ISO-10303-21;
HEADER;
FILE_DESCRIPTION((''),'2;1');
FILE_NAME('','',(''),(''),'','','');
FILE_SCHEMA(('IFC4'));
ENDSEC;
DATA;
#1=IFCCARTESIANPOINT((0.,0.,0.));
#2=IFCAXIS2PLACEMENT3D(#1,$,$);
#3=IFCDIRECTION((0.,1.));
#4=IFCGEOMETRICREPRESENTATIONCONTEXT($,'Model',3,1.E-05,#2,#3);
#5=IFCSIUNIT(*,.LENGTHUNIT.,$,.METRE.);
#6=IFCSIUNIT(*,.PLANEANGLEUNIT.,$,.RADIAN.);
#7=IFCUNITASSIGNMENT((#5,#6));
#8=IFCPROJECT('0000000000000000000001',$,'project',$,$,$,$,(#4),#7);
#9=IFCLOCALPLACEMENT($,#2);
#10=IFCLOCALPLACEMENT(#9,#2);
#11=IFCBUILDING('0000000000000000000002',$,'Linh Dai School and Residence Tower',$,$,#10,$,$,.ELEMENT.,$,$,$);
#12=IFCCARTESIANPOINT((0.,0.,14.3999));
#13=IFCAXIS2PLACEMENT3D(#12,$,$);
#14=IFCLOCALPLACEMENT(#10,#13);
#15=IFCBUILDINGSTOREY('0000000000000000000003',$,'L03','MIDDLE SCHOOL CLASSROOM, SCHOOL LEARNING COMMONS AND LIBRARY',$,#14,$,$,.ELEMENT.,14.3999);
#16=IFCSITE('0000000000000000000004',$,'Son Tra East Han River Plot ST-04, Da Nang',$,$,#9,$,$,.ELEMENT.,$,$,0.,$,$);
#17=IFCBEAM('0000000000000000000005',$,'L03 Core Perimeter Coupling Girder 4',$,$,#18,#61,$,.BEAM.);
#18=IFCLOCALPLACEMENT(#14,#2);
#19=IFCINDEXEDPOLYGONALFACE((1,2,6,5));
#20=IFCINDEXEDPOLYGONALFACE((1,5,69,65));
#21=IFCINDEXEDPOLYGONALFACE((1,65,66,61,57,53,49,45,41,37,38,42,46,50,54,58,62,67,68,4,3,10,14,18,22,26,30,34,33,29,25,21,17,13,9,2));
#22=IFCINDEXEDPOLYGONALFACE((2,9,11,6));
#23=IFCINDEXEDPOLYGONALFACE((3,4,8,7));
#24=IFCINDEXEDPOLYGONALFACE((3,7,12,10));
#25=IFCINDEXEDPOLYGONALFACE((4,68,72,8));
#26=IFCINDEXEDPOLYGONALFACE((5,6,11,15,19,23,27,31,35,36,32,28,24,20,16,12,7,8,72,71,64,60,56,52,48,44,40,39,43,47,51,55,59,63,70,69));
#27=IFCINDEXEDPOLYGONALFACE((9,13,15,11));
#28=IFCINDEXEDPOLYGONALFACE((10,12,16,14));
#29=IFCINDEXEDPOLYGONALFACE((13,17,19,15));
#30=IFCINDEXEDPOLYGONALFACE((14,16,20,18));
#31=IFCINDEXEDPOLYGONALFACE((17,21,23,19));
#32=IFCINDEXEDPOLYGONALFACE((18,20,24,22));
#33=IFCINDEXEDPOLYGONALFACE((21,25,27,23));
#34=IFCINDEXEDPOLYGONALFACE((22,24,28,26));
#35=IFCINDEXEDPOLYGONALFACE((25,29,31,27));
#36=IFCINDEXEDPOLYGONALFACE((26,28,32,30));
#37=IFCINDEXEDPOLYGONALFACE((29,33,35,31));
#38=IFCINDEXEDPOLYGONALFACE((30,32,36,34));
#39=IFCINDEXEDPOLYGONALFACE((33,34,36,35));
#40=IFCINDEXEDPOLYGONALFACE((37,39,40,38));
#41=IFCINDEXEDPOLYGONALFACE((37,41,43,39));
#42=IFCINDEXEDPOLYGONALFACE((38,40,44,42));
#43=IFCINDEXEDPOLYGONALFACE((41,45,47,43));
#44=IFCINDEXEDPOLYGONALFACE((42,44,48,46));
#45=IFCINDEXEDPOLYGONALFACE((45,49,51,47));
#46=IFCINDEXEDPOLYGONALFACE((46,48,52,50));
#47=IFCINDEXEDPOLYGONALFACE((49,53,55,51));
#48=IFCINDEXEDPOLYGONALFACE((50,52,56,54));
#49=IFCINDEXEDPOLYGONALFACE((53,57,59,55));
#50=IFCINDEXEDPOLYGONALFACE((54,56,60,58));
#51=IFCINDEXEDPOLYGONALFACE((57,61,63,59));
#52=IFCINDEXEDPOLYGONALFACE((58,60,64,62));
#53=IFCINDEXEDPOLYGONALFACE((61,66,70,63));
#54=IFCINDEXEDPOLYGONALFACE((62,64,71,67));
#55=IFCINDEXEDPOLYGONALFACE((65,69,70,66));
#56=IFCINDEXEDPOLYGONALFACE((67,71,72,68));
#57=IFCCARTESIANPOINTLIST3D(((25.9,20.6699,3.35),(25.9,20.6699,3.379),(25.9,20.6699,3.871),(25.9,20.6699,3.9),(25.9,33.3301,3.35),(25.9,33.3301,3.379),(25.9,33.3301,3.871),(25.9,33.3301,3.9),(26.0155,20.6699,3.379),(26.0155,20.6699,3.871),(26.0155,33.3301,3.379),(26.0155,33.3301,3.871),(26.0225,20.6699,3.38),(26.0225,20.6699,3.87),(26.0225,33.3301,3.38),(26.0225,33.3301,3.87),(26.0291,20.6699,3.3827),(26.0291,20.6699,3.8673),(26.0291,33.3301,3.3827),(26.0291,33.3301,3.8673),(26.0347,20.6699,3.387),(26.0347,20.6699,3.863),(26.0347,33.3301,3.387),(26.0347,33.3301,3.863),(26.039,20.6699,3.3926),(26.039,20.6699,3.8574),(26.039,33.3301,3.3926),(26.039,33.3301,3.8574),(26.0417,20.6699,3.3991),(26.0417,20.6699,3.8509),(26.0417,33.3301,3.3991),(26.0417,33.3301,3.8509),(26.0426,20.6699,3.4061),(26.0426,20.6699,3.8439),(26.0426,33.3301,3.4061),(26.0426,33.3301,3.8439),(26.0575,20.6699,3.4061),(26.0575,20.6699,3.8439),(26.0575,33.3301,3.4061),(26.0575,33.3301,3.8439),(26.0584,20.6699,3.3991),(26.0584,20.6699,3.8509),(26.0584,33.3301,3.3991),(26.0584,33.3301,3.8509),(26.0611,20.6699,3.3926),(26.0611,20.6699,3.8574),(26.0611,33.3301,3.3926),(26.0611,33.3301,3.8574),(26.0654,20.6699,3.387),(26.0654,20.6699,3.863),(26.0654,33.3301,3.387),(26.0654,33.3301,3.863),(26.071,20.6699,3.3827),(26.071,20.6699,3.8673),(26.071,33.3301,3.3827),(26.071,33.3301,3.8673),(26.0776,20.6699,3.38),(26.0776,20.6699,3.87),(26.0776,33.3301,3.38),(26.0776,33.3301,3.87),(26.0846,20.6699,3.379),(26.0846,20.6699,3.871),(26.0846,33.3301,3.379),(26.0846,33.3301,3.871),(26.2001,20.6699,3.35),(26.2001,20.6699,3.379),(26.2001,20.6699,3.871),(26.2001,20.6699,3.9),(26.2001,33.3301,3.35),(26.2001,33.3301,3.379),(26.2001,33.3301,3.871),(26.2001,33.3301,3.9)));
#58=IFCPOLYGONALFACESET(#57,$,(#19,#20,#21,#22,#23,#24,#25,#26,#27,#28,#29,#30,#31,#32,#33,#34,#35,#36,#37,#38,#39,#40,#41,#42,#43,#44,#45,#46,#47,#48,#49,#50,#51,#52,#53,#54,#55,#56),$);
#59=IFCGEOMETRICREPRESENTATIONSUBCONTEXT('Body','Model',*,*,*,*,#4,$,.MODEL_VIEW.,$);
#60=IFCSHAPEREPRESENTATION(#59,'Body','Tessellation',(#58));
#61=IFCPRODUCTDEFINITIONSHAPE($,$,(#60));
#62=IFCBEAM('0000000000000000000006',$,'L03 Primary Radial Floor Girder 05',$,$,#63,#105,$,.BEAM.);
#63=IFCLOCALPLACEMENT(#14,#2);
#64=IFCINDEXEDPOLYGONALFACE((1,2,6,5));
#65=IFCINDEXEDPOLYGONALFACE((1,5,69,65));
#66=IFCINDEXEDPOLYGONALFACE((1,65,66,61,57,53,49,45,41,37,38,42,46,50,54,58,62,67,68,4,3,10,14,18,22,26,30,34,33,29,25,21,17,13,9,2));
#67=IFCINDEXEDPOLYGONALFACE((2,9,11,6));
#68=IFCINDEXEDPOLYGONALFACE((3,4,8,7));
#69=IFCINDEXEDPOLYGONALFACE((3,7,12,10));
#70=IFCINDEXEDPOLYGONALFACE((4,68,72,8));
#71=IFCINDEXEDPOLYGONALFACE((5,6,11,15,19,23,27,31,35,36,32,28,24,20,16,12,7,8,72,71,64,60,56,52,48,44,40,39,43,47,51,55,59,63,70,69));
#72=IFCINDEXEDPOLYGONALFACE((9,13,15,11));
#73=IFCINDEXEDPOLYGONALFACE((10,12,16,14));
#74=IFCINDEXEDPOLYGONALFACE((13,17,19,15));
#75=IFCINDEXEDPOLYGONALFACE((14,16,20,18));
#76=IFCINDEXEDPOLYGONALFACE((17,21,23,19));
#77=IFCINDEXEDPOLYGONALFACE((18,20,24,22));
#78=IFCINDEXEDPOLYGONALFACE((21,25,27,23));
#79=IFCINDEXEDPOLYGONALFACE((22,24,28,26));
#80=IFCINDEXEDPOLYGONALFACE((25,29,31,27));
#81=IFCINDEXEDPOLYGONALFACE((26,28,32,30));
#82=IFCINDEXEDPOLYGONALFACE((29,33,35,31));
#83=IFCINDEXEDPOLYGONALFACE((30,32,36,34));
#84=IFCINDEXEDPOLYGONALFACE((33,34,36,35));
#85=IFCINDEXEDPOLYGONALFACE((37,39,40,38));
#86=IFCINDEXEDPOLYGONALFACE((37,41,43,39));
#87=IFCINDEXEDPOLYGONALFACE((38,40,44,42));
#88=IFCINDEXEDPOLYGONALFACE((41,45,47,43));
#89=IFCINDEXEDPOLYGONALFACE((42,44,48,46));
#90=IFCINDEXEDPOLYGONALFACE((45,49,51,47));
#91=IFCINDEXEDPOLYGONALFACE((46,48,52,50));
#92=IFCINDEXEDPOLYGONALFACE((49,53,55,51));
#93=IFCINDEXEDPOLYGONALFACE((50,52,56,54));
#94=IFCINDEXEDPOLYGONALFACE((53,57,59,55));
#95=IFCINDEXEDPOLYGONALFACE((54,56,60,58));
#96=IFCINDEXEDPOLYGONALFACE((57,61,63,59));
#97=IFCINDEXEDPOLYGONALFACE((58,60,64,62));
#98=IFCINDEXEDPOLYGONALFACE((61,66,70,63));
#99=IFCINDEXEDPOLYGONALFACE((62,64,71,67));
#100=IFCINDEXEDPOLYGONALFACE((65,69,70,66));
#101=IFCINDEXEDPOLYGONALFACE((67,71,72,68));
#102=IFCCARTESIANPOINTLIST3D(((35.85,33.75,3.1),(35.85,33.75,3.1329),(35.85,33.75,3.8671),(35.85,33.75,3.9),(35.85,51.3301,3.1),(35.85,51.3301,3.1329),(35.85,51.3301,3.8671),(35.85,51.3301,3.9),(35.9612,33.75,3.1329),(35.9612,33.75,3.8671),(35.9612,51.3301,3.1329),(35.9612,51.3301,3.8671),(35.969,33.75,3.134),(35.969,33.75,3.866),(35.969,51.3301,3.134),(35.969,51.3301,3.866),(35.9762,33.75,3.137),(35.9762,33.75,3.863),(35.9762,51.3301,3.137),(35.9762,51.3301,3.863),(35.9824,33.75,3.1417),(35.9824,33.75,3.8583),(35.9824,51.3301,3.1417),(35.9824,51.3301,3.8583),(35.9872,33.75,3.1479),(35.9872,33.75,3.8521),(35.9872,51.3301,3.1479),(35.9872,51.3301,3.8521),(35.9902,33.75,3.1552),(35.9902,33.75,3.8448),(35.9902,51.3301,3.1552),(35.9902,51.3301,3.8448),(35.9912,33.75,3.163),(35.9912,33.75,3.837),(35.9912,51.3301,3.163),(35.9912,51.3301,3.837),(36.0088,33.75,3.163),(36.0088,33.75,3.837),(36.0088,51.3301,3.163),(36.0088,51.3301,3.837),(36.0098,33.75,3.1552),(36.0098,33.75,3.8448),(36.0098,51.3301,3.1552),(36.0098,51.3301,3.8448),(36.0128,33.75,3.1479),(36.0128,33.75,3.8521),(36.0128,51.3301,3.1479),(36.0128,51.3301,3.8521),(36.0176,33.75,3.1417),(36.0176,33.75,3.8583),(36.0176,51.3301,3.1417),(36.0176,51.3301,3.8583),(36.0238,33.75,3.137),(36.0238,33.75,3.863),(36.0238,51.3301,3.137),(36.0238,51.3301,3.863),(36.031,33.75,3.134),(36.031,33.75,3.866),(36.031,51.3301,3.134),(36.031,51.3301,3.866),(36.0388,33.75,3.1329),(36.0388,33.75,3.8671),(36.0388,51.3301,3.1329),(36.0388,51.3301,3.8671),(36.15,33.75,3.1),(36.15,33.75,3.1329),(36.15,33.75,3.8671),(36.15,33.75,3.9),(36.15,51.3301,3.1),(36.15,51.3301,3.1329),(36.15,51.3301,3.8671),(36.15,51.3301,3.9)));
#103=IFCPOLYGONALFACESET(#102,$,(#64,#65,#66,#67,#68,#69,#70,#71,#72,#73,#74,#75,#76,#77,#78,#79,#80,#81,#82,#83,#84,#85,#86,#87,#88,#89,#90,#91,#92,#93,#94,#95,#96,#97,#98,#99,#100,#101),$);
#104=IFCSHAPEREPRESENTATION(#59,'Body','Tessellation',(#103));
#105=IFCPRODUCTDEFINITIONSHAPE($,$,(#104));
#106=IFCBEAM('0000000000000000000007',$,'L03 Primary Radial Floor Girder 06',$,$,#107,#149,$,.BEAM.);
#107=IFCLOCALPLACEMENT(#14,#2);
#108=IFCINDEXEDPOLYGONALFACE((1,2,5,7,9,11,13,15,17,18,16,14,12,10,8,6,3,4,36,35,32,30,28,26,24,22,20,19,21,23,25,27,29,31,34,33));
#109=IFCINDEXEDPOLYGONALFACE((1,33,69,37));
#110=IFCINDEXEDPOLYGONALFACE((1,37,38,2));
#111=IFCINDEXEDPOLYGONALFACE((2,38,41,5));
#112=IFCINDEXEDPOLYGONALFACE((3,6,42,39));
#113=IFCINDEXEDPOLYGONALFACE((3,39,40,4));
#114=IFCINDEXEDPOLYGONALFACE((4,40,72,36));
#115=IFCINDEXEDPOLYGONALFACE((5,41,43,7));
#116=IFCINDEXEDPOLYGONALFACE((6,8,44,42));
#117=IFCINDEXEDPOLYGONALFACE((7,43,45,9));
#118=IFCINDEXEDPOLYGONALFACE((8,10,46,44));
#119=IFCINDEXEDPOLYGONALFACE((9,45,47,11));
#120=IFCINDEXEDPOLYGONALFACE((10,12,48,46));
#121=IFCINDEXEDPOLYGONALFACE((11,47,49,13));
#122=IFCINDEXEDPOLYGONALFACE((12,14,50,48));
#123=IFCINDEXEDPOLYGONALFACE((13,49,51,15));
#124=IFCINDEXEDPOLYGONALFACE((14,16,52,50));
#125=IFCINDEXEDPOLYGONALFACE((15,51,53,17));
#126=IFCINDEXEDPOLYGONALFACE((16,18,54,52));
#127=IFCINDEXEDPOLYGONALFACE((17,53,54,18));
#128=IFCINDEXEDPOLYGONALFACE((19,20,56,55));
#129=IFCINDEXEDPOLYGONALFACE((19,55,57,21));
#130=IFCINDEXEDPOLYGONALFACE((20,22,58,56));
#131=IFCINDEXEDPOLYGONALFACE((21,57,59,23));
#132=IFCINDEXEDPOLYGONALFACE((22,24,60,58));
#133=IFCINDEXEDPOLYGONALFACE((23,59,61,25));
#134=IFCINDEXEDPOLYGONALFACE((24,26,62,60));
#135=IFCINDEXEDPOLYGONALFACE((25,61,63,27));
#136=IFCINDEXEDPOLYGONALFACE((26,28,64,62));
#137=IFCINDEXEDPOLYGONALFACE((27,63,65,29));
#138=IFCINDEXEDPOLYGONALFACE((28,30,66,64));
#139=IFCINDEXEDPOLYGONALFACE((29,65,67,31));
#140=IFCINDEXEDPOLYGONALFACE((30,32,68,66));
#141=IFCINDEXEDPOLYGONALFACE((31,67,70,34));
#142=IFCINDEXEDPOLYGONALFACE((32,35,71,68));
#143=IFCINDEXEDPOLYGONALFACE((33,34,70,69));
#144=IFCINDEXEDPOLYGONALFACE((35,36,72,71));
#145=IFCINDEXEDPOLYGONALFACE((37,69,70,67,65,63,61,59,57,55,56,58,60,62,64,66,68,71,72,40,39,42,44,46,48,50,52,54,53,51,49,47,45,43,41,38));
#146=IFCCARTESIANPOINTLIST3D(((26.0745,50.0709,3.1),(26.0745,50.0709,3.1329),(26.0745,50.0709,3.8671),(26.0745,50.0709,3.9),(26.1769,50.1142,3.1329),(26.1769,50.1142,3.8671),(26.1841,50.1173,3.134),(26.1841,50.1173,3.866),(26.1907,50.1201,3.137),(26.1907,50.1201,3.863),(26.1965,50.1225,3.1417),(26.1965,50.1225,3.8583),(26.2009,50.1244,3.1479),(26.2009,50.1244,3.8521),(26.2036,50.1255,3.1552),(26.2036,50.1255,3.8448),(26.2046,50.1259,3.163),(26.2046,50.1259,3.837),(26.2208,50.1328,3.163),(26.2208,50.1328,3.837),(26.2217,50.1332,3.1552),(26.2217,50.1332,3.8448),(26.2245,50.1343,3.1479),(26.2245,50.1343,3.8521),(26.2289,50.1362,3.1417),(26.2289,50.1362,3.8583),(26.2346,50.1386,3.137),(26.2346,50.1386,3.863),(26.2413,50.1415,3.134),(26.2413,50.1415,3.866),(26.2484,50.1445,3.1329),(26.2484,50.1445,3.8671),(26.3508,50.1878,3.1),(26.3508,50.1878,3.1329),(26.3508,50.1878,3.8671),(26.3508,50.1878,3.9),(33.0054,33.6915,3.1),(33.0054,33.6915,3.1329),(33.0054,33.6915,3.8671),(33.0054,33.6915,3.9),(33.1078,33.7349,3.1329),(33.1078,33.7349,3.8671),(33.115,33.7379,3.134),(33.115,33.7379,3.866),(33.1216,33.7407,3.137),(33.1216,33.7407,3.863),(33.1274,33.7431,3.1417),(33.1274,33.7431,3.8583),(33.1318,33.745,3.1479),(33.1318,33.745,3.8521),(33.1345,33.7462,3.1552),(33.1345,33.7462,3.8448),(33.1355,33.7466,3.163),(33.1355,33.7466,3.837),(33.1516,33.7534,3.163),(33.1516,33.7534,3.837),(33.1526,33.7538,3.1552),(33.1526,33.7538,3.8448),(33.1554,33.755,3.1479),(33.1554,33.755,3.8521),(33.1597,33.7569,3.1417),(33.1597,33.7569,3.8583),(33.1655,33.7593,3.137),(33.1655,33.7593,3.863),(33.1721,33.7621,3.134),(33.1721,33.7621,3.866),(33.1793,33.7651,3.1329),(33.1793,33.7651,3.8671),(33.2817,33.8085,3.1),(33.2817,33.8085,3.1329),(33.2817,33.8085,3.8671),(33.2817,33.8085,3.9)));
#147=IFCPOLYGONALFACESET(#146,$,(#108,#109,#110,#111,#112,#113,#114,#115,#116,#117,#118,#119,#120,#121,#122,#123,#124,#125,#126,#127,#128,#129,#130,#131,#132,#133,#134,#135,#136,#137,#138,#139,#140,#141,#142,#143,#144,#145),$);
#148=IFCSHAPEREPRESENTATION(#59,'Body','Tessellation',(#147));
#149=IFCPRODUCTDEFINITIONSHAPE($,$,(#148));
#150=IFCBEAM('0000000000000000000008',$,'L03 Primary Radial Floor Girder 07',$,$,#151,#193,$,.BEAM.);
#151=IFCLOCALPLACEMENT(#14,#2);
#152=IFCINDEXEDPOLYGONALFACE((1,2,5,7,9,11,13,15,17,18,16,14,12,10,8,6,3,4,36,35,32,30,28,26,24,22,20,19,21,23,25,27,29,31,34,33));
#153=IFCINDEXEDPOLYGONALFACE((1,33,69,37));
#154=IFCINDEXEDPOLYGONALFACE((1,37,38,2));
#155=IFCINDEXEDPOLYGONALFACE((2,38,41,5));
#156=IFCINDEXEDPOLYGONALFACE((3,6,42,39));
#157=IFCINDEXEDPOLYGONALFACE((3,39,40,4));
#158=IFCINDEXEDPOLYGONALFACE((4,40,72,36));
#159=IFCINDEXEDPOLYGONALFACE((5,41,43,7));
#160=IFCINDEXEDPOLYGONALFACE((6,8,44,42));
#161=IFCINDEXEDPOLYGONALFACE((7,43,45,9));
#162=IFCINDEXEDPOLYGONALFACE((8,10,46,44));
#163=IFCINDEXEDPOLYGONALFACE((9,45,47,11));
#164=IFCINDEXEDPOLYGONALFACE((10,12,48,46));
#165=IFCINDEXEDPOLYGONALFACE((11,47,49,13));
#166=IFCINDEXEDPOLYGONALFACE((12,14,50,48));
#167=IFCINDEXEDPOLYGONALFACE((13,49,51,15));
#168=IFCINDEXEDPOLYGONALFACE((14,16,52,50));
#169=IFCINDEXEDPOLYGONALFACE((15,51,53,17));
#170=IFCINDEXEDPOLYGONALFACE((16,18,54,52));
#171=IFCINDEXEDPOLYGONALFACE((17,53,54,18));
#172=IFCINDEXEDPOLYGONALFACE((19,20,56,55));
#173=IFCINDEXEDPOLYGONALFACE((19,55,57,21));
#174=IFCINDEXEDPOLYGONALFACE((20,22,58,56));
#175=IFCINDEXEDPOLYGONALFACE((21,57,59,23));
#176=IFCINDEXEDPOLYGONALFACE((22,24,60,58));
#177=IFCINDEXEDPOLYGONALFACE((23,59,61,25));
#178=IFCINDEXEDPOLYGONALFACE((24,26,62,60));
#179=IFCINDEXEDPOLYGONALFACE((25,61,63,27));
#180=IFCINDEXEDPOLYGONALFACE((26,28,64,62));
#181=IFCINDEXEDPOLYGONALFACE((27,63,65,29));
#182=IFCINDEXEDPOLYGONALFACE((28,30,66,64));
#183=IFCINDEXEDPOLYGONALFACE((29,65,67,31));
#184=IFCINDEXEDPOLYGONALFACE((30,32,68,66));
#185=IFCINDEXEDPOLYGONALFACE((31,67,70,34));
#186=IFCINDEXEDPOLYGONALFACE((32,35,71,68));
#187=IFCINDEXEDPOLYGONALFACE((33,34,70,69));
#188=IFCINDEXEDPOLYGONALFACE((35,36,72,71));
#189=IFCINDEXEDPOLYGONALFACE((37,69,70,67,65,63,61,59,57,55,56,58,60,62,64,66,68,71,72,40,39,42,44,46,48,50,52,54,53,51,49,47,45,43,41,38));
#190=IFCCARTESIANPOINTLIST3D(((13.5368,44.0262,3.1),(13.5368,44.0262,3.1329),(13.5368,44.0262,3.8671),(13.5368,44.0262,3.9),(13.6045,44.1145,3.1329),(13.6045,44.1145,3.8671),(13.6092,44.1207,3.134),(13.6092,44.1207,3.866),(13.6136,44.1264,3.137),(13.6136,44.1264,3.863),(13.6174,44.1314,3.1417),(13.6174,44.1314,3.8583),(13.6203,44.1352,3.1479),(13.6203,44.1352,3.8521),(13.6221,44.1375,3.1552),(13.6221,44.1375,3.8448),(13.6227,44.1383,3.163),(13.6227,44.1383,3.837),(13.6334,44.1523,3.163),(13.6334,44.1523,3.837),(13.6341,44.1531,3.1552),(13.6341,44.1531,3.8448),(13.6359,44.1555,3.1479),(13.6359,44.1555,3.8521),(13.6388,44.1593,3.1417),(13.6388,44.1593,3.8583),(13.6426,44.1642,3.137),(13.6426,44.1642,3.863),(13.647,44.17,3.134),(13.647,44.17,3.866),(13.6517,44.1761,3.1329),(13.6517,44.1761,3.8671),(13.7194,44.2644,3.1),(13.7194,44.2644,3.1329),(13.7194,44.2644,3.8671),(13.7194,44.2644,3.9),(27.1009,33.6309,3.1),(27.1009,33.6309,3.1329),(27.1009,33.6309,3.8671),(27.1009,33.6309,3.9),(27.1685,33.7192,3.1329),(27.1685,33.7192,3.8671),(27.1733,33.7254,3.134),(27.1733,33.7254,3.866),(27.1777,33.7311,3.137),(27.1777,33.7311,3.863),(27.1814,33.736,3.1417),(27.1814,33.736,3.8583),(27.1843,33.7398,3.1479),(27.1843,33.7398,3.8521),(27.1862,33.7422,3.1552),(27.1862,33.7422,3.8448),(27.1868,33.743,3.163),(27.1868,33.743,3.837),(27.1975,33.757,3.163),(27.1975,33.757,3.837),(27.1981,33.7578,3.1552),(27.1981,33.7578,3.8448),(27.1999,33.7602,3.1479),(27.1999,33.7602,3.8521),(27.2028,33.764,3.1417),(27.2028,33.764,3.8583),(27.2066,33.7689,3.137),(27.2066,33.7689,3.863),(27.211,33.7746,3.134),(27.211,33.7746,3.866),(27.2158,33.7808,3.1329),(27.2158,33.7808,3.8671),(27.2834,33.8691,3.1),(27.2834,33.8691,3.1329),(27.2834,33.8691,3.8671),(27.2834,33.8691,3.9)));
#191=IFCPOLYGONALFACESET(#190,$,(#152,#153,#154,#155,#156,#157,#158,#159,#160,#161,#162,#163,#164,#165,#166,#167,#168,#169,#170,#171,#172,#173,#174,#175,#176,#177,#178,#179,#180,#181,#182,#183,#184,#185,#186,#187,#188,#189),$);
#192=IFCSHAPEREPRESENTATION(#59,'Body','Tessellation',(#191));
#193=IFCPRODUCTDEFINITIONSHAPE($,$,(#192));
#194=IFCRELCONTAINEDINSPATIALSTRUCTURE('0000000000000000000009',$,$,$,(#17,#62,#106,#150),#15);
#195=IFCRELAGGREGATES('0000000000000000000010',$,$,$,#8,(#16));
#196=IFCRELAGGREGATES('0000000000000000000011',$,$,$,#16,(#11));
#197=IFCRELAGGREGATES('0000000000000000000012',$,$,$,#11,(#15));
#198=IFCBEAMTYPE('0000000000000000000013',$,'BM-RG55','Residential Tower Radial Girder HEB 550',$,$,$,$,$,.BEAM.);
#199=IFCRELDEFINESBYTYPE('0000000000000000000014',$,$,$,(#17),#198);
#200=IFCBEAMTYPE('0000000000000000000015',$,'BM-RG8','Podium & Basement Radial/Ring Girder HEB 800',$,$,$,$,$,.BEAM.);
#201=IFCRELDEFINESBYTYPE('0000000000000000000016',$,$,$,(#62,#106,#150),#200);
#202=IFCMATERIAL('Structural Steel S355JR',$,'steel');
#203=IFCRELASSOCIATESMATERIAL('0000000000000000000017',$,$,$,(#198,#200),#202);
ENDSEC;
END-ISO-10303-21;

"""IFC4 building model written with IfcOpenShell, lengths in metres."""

from ifc_helpers import new_model, si_unit, direction, frame, origin, origin_2d, place, context, subcontext, project, spatial, i_section, extrude, material, material_profile, profile_set, type_object, element, save


model = new_model("IFC4")

# Units and contexts
model_context = context("Model", 3, precision=1e-05, world=origin(), true_north=direction((0.0, 1.0)))
body_context = subcontext(model_context, "Body", "Model", "MODEL_VIEW")
ifc_project = project(units=[si_unit("LENGTHUNIT", "METRE"), si_unit("PLANEANGLEUNIT", "RADIAN")], contexts=[model_context])

# Site, building, storey
site_placement = place(None, origin())
site = spatial("IfcSite", under=ifc_project, at=site_placement, Name="Son Tra East Han River Plot ST-04, Da Nang", CompositionType="ELEMENT", RefElevation=0.0)
building_placement = place(site_placement, origin())
building = spatial("IfcBuilding", under=site, at=building_placement, Name="Linh Dai School and Residence Tower", CompositionType="ELEMENT")
storey_placement = place(building_placement, frame((0.0, 0.0, 14.3999)))
storey = spatial("IfcBuildingStorey", under=building, at=storey_placement, Name="L03", Description="MIDDLE SCHOOL CLASSROOM, SCHOOL LEARNING COMMONS AND LIBRARY", CompositionType="ELEMENT", Elevation=14.3999)

# Shared definitions
ifc_material_1 = material(Name="Structural Steel S355JR", Category="steel")

# Beams
ifc_material_profile_1 = material_profile(ifc_material_1, i_section(OverallWidth=0.3, OverallDepth=0.55, WebThickness=0.0149, FlangeThickness=0.0291, FilletRadius=0.0271, at=origin_2d()), Name="HEB 550")
ifc_profile_set_1 = profile_set([ifc_material_profile_1], Name="Structural Steel S355JR")
beam_type_1 = type_object("IfcBeamType", Name="BM-RG55", Description="Residential Tower Radial Girder HEB 550", PredefinedType="BEAM", material=ifc_profile_set_1)
beam_1_placement = place(storey_placement, frame((26.05, 33.3301, 3.625), z_axis=(0.0, -1.0, 0.0), x_axis=(1.0, 0.0, 0.0)))
element("IfcBeam", 1, at=beam_1_placement, inside=storey, type_object=beam_type_1, Name="L03 Core Perimeter Coupling Girder 4", PredefinedType="BEAM", context=body_context, shape_type="SweptSolid", body=[
    extrude(i_section(OverallWidth=0.3, OverallDepth=0.55, WebThickness=0.0149, FlangeThickness=0.0291, FilletRadius=0.0271, at=origin_2d()), origin(), (0.0, 0.0, 1.0), 12.6602),
])
ifc_material_profile_2 = material_profile(ifc_material_1, i_section(OverallWidth=0.3, OverallDepth=0.8, WebThickness=0.0176, FlangeThickness=0.033, FilletRadius=0.03, at=origin_2d()), Name="HEB 800")
ifc_profile_set_2 = profile_set([ifc_material_profile_2], Name="Structural Steel S355JR")
beam_type_2 = type_object("IfcBeamType", Name="BM-RG8", Description="Podium & Basement Radial/Ring Girder HEB 800", PredefinedType="BEAM", material=ifc_profile_set_2)
beam_2_placement = place(storey_placement, frame((36.0, 33.75, 3.5), z_axis=(0.0, 1.0, 0.0), x_axis=(-1.0, 0.0, 0.0)))
element("IfcBeam", 2, at=beam_2_placement, inside=storey, type_object=beam_type_2, Name="L03 Primary Radial Floor Girder 05", PredefinedType="BEAM", context=body_context, shape_type="SweptSolid", body=[
    extrude(i_section(OverallWidth=0.3, OverallDepth=0.8, WebThickness=0.0176, FlangeThickness=0.033, FilletRadius=0.03, at=origin_2d()), origin(), (0.0, 0.0, 1.0), 17.5801),
])
beam_3_placement = place(storey_placement, frame((33.1436, 33.75, 3.5), z_axis=(-0.389696, 0.920944, 0.0), x_axis=(-0.920944, -0.389696, 0.0)))
element("IfcBeam", 3, at=beam_3_placement, inside=storey, type_object=beam_type_2, Name="L03 Primary Radial Floor Girder 06", PredefinedType="BEAM", context=body_context, shape_type="SweptSolid", body=[
    extrude(i_section(OverallWidth=0.3, OverallDepth=0.8, WebThickness=0.0176, FlangeThickness=0.033, FilletRadius=0.03, at=origin_2d()), origin(), (0.0, 0.0, 1.0), 17.7854),
])
beam_4_placement = place(storey_placement, frame((27.1921, 33.75, 3.5), z_axis=(-0.793713, 0.608292, 0.0), x_axis=(-0.608292, -0.793713, 0.0)))
element("IfcBeam", 4, at=beam_4_placement, inside=storey, type_object=beam_type_2, Name="L03 Primary Radial Floor Girder 07", PredefinedType="BEAM", context=body_context, shape_type="SweptSolid", body=[
    extrude(i_section(OverallWidth=0.3, OverallDepth=0.8, WebThickness=0.0176, FlangeThickness=0.033, FilletRadius=0.03, at=origin_2d()), origin(), (0.0, 0.0, 1.0), 17.0894),
])

save(model, "model.ifc")
